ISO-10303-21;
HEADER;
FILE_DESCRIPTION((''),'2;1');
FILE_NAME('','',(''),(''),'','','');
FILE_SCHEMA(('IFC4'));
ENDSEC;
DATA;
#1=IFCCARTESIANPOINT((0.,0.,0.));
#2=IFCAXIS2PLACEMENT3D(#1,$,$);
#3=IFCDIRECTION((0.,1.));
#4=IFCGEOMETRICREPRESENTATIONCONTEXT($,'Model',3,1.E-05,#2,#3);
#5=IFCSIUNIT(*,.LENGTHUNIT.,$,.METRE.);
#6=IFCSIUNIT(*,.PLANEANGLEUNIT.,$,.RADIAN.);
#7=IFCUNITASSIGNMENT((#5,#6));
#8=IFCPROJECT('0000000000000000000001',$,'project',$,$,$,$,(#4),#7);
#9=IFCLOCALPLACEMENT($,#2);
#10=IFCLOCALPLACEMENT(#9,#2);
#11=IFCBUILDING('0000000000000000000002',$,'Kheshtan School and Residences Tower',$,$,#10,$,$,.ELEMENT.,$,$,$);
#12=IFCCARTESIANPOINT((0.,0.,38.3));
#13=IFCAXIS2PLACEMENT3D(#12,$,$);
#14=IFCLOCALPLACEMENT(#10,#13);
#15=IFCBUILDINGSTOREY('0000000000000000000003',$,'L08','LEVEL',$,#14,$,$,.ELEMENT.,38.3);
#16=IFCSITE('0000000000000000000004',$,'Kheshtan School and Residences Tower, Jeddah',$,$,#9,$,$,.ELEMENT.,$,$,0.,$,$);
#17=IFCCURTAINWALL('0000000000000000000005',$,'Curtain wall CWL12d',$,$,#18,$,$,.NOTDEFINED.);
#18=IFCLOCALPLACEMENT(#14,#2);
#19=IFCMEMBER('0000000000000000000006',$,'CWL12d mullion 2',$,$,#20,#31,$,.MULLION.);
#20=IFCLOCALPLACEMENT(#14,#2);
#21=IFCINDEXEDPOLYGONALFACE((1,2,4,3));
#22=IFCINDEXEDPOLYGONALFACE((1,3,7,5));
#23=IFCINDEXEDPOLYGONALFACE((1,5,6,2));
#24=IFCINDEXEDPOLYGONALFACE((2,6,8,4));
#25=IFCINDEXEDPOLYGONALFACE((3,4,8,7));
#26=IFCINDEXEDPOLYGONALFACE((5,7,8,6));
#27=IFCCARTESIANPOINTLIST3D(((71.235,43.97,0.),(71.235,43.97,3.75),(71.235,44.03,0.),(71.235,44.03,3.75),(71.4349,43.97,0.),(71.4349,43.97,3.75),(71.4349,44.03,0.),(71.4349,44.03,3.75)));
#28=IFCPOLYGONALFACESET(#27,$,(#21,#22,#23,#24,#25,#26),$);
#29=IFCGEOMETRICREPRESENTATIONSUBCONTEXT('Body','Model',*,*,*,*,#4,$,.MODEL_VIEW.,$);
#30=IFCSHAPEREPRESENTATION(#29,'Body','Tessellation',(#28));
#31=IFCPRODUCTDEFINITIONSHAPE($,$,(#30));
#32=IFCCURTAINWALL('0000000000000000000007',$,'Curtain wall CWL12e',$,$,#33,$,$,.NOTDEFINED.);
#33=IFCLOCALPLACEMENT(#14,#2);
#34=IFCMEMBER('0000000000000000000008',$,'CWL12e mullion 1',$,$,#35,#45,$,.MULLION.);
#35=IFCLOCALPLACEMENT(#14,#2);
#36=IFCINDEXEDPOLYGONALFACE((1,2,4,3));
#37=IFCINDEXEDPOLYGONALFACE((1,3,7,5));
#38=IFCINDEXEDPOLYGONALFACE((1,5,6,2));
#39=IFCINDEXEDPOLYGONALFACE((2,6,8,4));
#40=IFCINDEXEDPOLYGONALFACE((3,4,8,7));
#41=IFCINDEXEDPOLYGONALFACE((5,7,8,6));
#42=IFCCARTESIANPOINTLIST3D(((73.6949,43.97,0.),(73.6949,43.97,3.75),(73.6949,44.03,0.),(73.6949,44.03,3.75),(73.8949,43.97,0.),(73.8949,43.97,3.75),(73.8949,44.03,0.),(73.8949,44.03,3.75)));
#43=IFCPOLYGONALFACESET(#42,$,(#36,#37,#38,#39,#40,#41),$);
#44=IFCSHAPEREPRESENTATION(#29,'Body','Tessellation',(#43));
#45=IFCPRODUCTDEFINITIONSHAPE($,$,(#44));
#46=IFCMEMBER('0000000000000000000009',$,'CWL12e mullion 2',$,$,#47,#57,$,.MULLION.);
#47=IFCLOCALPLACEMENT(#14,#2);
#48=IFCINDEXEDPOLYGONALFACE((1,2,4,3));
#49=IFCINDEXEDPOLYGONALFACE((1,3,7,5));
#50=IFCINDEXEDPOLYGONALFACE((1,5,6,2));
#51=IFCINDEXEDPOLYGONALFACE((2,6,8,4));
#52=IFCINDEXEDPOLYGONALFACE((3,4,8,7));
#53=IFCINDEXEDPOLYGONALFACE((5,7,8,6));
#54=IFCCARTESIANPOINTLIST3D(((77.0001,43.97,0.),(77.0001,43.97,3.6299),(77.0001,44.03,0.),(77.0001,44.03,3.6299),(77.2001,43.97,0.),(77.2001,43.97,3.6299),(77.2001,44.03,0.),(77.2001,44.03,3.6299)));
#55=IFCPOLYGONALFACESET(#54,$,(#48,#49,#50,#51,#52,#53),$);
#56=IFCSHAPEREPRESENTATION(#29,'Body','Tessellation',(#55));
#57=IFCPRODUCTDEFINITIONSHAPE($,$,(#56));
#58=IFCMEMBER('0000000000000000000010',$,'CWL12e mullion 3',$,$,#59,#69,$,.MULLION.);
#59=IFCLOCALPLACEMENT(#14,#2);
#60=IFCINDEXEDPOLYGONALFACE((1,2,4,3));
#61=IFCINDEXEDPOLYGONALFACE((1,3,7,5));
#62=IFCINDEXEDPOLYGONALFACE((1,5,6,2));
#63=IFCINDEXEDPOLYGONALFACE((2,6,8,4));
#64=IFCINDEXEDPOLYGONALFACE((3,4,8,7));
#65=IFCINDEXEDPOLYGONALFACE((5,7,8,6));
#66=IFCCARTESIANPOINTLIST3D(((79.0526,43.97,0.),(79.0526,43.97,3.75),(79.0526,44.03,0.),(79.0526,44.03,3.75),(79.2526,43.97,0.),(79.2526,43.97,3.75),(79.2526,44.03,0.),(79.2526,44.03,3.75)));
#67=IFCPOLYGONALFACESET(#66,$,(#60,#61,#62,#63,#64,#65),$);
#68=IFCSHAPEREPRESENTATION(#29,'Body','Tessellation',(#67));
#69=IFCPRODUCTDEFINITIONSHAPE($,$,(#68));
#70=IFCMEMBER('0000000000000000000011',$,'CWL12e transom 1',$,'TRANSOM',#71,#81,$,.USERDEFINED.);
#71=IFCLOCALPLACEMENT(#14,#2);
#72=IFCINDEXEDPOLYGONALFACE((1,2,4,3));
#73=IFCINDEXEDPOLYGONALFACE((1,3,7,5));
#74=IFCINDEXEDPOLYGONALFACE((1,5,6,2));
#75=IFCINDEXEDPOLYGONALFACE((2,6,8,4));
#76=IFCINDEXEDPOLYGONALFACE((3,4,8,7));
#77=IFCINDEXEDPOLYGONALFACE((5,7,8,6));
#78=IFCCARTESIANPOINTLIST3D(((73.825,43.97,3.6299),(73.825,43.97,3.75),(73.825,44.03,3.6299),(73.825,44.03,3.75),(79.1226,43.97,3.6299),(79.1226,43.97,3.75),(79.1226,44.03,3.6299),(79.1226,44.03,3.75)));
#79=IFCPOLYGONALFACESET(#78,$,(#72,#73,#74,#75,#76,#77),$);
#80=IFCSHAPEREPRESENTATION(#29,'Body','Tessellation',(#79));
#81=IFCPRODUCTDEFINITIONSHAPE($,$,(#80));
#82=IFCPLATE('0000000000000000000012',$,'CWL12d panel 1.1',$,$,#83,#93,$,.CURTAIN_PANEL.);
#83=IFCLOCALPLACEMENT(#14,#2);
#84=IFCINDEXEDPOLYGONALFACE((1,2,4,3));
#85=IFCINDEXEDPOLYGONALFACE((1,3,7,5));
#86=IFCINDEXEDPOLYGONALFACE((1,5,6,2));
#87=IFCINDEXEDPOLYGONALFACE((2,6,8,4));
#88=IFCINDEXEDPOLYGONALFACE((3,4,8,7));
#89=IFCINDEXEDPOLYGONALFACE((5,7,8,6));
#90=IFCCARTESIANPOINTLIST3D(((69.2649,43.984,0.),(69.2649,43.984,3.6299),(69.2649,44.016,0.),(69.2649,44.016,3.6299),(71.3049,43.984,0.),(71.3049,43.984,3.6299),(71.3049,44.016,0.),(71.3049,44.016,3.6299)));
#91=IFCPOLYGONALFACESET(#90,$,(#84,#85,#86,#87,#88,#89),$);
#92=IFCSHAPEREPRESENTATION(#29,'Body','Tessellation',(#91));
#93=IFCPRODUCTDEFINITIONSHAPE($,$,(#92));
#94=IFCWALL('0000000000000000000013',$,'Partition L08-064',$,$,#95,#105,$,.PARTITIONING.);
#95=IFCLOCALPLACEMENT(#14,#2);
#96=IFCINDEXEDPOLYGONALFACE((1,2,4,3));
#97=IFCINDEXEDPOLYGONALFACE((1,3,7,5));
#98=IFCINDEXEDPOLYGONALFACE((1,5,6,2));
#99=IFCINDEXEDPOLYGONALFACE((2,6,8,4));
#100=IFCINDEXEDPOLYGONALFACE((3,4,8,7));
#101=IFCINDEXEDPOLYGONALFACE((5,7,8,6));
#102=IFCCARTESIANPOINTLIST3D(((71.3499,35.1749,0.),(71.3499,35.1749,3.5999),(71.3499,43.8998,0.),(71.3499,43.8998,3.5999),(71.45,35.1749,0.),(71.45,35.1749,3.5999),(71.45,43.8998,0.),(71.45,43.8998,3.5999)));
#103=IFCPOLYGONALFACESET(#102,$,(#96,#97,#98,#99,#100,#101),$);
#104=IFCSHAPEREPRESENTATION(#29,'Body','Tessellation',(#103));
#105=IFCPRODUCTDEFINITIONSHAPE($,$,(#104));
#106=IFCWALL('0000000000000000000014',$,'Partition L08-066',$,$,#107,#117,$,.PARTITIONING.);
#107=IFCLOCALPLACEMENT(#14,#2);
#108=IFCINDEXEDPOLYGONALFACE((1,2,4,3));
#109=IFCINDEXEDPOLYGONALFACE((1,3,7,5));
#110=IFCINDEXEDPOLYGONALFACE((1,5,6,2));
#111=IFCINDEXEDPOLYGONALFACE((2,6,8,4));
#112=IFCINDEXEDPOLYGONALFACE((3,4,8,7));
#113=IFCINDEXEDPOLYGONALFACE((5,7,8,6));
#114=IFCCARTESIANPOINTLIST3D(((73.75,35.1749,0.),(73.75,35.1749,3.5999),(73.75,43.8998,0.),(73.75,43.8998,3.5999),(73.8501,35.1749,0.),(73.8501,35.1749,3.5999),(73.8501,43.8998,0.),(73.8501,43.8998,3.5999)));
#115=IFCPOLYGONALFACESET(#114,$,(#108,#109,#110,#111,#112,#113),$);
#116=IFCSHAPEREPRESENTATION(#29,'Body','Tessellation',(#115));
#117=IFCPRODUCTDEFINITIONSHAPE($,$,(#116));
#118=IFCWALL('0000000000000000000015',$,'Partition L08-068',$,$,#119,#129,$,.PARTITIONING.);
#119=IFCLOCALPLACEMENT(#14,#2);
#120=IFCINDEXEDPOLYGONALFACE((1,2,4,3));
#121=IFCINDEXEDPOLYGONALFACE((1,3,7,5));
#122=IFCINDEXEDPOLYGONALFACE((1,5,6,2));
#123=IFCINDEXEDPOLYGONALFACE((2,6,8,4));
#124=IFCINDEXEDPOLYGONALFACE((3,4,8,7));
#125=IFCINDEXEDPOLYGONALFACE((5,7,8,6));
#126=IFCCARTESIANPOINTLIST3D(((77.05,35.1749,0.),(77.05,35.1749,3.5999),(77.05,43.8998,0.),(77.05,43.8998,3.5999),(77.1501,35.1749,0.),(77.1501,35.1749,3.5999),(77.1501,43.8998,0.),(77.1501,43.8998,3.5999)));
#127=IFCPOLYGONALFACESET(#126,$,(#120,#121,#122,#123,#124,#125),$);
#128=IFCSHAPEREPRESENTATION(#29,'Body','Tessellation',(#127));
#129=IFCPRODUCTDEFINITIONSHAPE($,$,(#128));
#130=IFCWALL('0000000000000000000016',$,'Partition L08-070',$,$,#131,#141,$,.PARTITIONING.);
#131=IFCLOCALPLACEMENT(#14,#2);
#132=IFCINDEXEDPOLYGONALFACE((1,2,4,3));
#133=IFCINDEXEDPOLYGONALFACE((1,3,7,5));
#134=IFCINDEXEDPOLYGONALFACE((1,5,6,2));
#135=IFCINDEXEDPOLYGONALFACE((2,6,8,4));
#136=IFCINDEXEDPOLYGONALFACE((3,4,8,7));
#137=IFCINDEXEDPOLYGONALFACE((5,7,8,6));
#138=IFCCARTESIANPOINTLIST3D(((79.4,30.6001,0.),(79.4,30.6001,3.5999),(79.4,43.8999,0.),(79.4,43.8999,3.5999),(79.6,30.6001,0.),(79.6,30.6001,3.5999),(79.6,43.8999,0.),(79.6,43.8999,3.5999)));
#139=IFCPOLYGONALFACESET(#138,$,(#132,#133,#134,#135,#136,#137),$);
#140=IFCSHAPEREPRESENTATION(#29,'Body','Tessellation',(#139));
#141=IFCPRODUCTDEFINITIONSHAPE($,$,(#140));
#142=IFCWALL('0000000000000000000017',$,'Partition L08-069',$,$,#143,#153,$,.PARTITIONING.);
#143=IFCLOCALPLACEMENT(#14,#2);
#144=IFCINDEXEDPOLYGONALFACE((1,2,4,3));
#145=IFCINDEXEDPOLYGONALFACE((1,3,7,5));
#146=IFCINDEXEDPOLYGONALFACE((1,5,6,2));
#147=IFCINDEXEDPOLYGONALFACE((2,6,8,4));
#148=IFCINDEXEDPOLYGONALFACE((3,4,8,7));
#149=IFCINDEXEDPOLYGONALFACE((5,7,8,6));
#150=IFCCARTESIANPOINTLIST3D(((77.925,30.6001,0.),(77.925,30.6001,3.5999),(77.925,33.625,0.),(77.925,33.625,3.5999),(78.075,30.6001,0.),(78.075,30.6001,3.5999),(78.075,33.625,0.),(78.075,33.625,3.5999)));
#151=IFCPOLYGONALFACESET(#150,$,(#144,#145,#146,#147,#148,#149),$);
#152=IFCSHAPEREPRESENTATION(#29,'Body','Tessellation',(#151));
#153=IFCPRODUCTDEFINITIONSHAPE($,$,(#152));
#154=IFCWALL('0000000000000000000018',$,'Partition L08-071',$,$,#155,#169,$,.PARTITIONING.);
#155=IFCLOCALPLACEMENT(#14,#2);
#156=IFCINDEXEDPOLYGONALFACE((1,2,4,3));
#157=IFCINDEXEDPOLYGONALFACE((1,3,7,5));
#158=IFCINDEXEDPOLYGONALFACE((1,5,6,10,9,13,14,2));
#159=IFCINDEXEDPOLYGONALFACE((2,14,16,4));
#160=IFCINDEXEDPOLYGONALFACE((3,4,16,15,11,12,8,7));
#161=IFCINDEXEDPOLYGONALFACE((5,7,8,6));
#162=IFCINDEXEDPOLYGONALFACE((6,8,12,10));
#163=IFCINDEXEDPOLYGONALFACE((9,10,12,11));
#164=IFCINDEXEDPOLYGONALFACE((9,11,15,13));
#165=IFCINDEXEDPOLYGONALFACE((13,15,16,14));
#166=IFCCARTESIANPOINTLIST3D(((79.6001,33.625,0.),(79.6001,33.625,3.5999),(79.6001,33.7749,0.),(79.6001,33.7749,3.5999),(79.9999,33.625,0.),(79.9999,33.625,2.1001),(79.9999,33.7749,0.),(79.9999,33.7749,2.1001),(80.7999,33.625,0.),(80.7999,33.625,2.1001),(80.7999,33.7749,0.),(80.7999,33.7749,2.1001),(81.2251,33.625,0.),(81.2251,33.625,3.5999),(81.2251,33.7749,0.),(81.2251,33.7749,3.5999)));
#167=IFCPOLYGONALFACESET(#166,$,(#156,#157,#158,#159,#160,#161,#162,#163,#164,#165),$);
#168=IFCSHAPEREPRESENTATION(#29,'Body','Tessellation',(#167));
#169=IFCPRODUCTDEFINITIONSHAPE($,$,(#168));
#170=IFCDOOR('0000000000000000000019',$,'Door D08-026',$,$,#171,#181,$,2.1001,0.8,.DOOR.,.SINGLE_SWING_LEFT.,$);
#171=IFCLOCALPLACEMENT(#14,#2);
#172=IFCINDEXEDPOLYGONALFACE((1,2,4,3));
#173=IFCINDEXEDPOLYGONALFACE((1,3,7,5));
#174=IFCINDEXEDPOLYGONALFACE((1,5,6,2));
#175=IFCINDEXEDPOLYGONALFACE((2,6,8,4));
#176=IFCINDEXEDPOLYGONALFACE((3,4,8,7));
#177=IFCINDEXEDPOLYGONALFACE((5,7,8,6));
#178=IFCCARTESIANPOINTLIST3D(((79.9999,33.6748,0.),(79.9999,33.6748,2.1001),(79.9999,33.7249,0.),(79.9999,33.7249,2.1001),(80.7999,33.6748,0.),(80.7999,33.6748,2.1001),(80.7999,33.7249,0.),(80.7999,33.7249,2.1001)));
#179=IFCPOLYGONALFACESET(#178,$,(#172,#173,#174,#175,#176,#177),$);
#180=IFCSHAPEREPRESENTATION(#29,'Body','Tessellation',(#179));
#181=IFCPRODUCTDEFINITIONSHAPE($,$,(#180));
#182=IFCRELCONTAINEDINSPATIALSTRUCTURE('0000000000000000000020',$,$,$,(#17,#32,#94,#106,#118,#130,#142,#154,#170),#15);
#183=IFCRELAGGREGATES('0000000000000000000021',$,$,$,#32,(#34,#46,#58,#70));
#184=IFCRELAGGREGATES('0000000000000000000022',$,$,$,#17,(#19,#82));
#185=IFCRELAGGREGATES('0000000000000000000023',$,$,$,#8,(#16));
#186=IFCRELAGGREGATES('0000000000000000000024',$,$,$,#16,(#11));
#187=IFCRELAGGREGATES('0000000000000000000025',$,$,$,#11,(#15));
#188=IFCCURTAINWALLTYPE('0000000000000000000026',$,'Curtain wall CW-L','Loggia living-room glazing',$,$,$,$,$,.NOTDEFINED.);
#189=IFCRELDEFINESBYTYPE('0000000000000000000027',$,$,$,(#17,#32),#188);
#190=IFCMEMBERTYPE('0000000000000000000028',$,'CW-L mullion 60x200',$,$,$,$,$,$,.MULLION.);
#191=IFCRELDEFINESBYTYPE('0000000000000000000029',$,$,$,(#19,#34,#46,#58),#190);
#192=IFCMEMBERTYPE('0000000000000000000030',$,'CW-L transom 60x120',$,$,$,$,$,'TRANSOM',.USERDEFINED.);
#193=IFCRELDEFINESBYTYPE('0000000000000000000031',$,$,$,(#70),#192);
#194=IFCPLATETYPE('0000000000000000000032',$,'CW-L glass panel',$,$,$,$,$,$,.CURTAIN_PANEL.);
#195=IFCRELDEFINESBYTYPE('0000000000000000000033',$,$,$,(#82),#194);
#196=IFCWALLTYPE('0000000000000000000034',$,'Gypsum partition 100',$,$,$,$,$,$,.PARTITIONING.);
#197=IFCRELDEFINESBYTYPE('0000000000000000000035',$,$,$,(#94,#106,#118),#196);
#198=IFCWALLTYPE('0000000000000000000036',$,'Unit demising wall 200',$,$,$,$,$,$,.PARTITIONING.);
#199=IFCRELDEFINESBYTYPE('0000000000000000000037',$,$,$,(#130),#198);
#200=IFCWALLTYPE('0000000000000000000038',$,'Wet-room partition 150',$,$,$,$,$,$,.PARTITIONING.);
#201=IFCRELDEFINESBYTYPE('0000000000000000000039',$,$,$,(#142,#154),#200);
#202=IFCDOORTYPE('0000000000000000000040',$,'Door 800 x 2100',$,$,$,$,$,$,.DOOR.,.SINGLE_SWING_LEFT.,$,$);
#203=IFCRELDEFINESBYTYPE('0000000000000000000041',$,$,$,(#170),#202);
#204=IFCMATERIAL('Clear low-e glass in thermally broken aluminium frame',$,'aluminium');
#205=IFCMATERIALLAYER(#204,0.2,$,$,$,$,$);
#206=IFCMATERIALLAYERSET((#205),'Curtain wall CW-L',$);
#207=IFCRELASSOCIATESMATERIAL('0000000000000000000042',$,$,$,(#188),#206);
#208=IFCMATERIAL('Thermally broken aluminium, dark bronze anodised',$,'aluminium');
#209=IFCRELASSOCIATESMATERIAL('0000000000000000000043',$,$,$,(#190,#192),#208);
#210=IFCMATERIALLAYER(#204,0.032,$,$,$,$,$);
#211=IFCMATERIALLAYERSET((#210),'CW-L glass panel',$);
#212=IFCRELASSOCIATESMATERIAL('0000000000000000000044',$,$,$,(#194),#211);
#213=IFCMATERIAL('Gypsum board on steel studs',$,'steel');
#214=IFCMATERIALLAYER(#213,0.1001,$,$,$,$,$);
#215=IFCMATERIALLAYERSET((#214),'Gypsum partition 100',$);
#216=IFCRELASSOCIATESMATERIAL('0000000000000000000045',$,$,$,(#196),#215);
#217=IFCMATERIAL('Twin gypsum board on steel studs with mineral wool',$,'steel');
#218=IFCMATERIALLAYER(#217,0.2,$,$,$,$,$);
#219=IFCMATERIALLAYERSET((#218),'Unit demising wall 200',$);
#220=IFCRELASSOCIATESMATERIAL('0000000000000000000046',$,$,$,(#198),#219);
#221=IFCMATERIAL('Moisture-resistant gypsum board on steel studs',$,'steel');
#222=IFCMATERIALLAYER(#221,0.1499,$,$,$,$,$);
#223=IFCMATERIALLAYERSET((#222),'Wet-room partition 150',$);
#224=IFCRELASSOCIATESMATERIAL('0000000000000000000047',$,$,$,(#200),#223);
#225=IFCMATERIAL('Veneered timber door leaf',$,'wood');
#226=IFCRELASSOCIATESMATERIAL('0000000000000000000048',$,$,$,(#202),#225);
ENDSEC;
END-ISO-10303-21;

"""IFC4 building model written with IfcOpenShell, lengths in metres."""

from ifc_helpers import new_model, si_unit, direction, frame, frame_2d, origin, origin_2d, place, context, subcontext, project, spatial, rectangle, extrude, source, transform, mapped, material, layer, layer_set, material_profile, profile_set, type_object, element, fill, aggregate, save


model = new_model("IFC4")

# Units and contexts
model_context = context("Model", 3, precision=1e-05, world=origin(), true_north=direction((0.0, 1.0)))
body_context = subcontext(model_context, "Body", "Model", "MODEL_VIEW")
ifc_project = project(units=[si_unit("LENGTHUNIT", "METRE"), si_unit("PLANEANGLEUNIT", "RADIAN")], contexts=[model_context])

# Site, building, storey
site_placement = place(None, origin())
site = spatial("IfcSite", under=ifc_project, at=site_placement, Name="Kheshtan School and Residences Tower, Jeddah", CompositionType="ELEMENT", RefElevation=0.0)
building_placement = place(site_placement, origin())
building = spatial("IfcBuilding", under=site, at=building_placement, Name="Kheshtan School and Residences Tower", CompositionType="ELEMENT")
storey_placement = place(building_placement, frame((0.0, 0.0, 38.3)))
storey = spatial("IfcBuildingStorey", under=building, at=storey_placement, Name="L08", Description="LEVEL", CompositionType="ELEMENT", Elevation=38.3)

# Curtain wall, member
ifc_material_1 = material(Name="Clear low-e glass in thermally broken aluminium frame", Category="aluminium")
ifc_layer_1 = layer(ifc_material_1, 0.2)
ifc_layer_set_1 = layer_set([ifc_layer_1], Name="Curtain wall CW-L")
curtain_wall_type = type_object("IfcCurtainWallType", Name="Curtain wall CW-L", Description="Loggia living-room glazing", PredefinedType="NOTDEFINED", material=ifc_layer_set_1)
curtain_wall_1_placement = place(storey_placement, origin())
curtain_wall_1 = element("IfcCurtainWall", 1, at=curtain_wall_1_placement, inside=storey, type_object=curtain_wall_type, Name="Curtain wall CWL12d", PredefinedType="NOTDEFINED")
ifc_material_2 = material(Name="Thermally broken aluminium, dark bronze anodised", Category="aluminium")
ifc_material_profile_1 = material_profile(ifc_material_2, rectangle(XDim=0.0601, YDim=0.2, at=origin_2d()), Name="CW-L mullion 60x200")
ifc_profile_set_1 = profile_set([ifc_material_profile_1], Name="Thermally broken aluminium, dark bronze anodised")
member_type_1 = type_object("IfcMemberType", Name="CW-L mullion 60x200", PredefinedType="MULLION", material=ifc_profile_set_1)
member_1_placement = place(storey_placement, frame((71.335, 44.0, 0.0), z_axis=(0.0, 0.0, 1.0), x_axis=(0.0, 1.0, 0.0)))
member_1 = element("IfcMember", 2, at=member_1_placement, type_object=member_type_1, Name="CWL12d mullion 2", PredefinedType="MULLION", context=body_context, shape_type="SweptSolid", body=[
    extrude(rectangle(XDim=0.0601, YDim=0.2, at=origin_2d()), origin(), (0.0, 0.0, 1.0), 3.75),
])

# Curtain wall, members
curtain_wall_2_placement = place(storey_placement, origin())
curtain_wall_2 = element("IfcCurtainWall", 3, at=curtain_wall_2_placement, inside=storey, type_object=curtain_wall_type, Name="Curtain wall CWL12e", PredefinedType="NOTDEFINED")
member_2_placement = place(storey_placement, frame((73.7949, 44.0, 0.0), z_axis=(0.0, 0.0, 1.0), x_axis=(0.0, 1.0, 0.0)))
member_2 = element("IfcMember", 4, at=member_2_placement, type_object=member_type_1, Name="CWL12e mullion 1", PredefinedType="MULLION", context=body_context, shape_type="SweptSolid", body=[
    extrude(rectangle(XDim=0.0601, YDim=0.2, at=origin_2d()), origin(), (0.0, 0.0, 1.0), 3.75),
])
member_3_placement = place(storey_placement, frame((77.1001, 44.0, 0.0), z_axis=(0.0, 0.0, 1.0), x_axis=(0.0, 1.0, 0.0)))
member_3 = element("IfcMember", 5, at=member_3_placement, type_object=member_type_1, Name="CWL12e mullion 2", PredefinedType="MULLION", context=body_context, shape_type="SweptSolid", body=[
    extrude(rectangle(XDim=0.0601, YDim=0.2, at=origin_2d()), origin(), (0.0, 0.0, 1.0), 3.6299),
])
member_4_placement = place(storey_placement, frame((79.1526, 44.0, 0.0), z_axis=(0.0, 0.0, 1.0), x_axis=(0.0, 1.0, 0.0)))
member_4 = element("IfcMember", 6, at=member_4_placement, type_object=member_type_1, Name="CWL12e mullion 3", PredefinedType="MULLION", context=body_context, shape_type="SweptSolid", body=[
    extrude(rectangle(XDim=0.0601, YDim=0.2, at=origin_2d()), origin(), (0.0, 0.0, 1.0), 3.75),
])
ifc_material_profile_2 = material_profile(ifc_material_2, rectangle(XDim=0.0601, YDim=0.1201, at=origin_2d()), Name="CW-L transom 60x120")
ifc_profile_set_2 = profile_set([ifc_material_profile_2], Name="Thermally broken aluminium, dark bronze anodised")
member_type_2 = type_object("IfcMemberType", Name="CW-L transom 60x120", ElementType="TRANSOM", PredefinedType="USERDEFINED", material=ifc_profile_set_2)
member_5_placement = place(storey_placement, frame((73.825, 44.0, 3.6899), z_axis=(1.0, 0.0, 0.0), x_axis=(0.0, 1.0, 0.0)))
member_5 = element("IfcMember", 7, at=member_5_placement, type_object=member_type_2, Name="CWL12e transom 1", ObjectType="TRANSOM", PredefinedType="USERDEFINED", context=body_context, shape_type="SweptSolid", body=[
    extrude(rectangle(XDim=0.0601, YDim=0.1201, at=origin_2d()), origin(), (0.0, 0.0, 1.0), 5.2976),
])
aggregate(curtain_wall_2, [member_2, member_3, member_4, member_5])

# Plate
ifc_layer_2 = layer(ifc_material_1, 0.032)
ifc_layer_set_2 = layer_set([ifc_layer_2], Name="CW-L glass panel")
plate_type = type_object("IfcPlateType", Name="CW-L glass panel", PredefinedType="CURTAIN_PANEL", material=ifc_layer_set_2)
plate_placement = place(storey_placement, frame((70.2849, 44.0, 0.0), z_axis=(0.0, 0.0, 1.0), x_axis=(1.0, 0.0, 0.0)))
plate = element("IfcPlate", 8, at=plate_placement, type_object=plate_type, Name="CWL12d panel 1.1", PredefinedType="CURTAIN_PANEL", context=body_context, shape_type="SweptSolid", body=[
    extrude(rectangle(XDim=2.04, YDim=0.032, at=origin_2d()), origin(), (0.0, 0.0, 1.0), 3.6299),
])
aggregate(curtain_wall_1, [member_1, plate])

# Walls
ifc_material_3 = material(Name="Gypsum board on steel studs", Category="steel")
ifc_layer_3 = layer(ifc_material_3, 0.1001)
ifc_layer_set_3 = layer_set([ifc_layer_3], Name="Gypsum partition 100")
wall_type_1 = type_object("IfcWallType", Name="Gypsum partition 100", PredefinedType="PARTITIONING", material=ifc_layer_set_3)
for number, where, z_axis, x_axis, name in (
    (9, (71.3999, 35.175, 0.0), (0.0, 0.0, 1.0), (0.0, 1.0, 0.0), "Partition L08-064"),
    (10, (73.8, 35.175, 0.0), (0.0, 0.0, 1.0), (0.0, 1.0, 0.0), "Partition L08-066"),
    (11, (77.1001, 35.175, 0.0), (0.0, 0.0, 1.0), (0.0, 1.0, 0.0), "Partition L08-068"),
):
    element("IfcWall", number, at=place(storey_placement, frame(where, z_axis=z_axis, x_axis=x_axis)), inside=storey, type_object=wall_type_1, Name=name, PredefinedType="PARTITIONING", context=body_context, shape_type="SweptSolid", body=[
        extrude(rectangle(XDim=8.7249, YDim=0.1001, at=frame_2d((4.3623, 0.0))), origin(), (0.0, 0.0, 1.0), 3.5999),
    ])
ifc_material_4 = material(Name="Twin gypsum board on steel studs with mineral wool", Category="steel")
ifc_layer_4 = layer(ifc_material_4, 0.2)
ifc_layer_set_4 = layer_set([ifc_layer_4], Name="Unit demising wall 200")
wall_type_2 = type_object("IfcWallType", Name="Unit demising wall 200", PredefinedType="PARTITIONING", material=ifc_layer_set_4)
wall_1_placement = place(storey_placement, frame((79.5, 30.6001, 0.0), z_axis=(0.0, 0.0, 1.0), x_axis=(0.0, 1.0, 0.0)))
element("IfcWall", 12, at=wall_1_placement, inside=storey, type_object=wall_type_2, Name="Partition L08-070", PredefinedType="PARTITIONING", context=body_context, shape_type="SweptSolid", body=[
    extrude(rectangle(XDim=13.2998, YDim=0.2, at=frame_2d((6.6499, 0.0))), origin(), (0.0, 0.0, 1.0), 3.5999),
])
ifc_material_5 = material(Name="Moisture-resistant gypsum board on steel studs", Category="steel")
ifc_layer_5 = layer(ifc_material_5, 0.1499)
ifc_layer_set_5 = layer_set([ifc_layer_5], Name="Wet-room partition 150")
wall_type_3 = type_object("IfcWallType", Name="Wet-room partition 150", PredefinedType="PARTITIONING", material=ifc_layer_set_5)
wall_2_placement = place(storey_placement, frame((78.0, 30.6001, 0.0), z_axis=(0.0, 0.0, 1.0), x_axis=(0.0, 1.0, 0.0)))
element("IfcWall", 13, at=wall_2_placement, inside=storey, type_object=wall_type_3, Name="Partition L08-069", PredefinedType="PARTITIONING", context=body_context, shape_type="SweptSolid", body=[
    extrude(rectangle(XDim=3.0249, YDim=0.1499, at=frame_2d((1.5125, 0.0))), origin(), (0.0, 0.0, 1.0), 3.5999),
])

# Wall, opening, door
wall_3_placement = place(storey_placement, frame((79.6001, 33.7, 0.0), z_axis=(0.0, 0.0, 1.0), x_axis=(1.0, 0.0, 0.0)))
wall_3 = element("IfcWall", 14, at=wall_3_placement, inside=storey, type_object=wall_type_3, Name="Partition L08-071", PredefinedType="PARTITIONING", context=body_context, shape_type="SweptSolid", body=[
    extrude(rectangle(XDim=1.625, YDim=0.1499, at=frame_2d((0.8125, 0.0))), origin(), (0.0, 0.0, 1.0), 3.5999),
])
opening_1_placement = place(wall_3_placement, frame((0.3999, 0.0, 0.0)))
opening_1 = element("IfcOpeningElement", 15, at=opening_1_placement, cuts=wall_3, PredefinedType="OPENING", context=body_context, shape_type="SweptSolid", body=[
    extrude(rectangle(XDim=0.8, YDim=2.1001, at=frame_2d((0.3999, 1.05))), frame((0.0, 0.085, 0.0), z_axis=(0.0, -1.0, 0.0), x_axis=(1.0, 0.0, 0.0)), (0.0, 0.0, 1.0), 0.1699),
])
ifc_material_6 = material(Name="Veneered timber door leaf", Category="wood")
door_type_1 = type_object("IfcDoorType", Name="Door 800 x 2100", OperationType="SINGLE_SWING_LEFT", PredefinedType="DOOR", material=ifc_material_6)
shared_shape_1 = source(origin(), body_context, "Body", "SweptSolid", [
    extrude(rectangle(XDim=0.8, YDim=2.1001, at=frame_2d((0.3999, 1.05))), frame((0.0, 0.0249, 0.0), z_axis=(0.0, -1.0, 0.0), x_axis=(1.0, 0.0, 0.0)), (0.0, 0.0, 1.0), 0.05),
])
door_1_placement = place(opening_1_placement, origin())
door_1 = element("IfcDoor", 16, at=door_1_placement, inside=storey, type_object=door_type_1, Name="Door D08-026", OperationType="SINGLE_SWING_LEFT", OverallHeight=2.1001, OverallWidth=0.8, PredefinedType="DOOR", context=body_context, shape_type="MappedRepresentation", body=[
    mapped(shared_shape_1, transform((0.0, 0.0, 0.0), x_axis=(1.0, 0.0, 0.0), y_axis=(0.0, 1.0, 0.0), z_axis=(0.0, 0.0, 1.0), scale=1.0)),
])
fill(opening_1, door_1)

save(model, "model.ifc")
